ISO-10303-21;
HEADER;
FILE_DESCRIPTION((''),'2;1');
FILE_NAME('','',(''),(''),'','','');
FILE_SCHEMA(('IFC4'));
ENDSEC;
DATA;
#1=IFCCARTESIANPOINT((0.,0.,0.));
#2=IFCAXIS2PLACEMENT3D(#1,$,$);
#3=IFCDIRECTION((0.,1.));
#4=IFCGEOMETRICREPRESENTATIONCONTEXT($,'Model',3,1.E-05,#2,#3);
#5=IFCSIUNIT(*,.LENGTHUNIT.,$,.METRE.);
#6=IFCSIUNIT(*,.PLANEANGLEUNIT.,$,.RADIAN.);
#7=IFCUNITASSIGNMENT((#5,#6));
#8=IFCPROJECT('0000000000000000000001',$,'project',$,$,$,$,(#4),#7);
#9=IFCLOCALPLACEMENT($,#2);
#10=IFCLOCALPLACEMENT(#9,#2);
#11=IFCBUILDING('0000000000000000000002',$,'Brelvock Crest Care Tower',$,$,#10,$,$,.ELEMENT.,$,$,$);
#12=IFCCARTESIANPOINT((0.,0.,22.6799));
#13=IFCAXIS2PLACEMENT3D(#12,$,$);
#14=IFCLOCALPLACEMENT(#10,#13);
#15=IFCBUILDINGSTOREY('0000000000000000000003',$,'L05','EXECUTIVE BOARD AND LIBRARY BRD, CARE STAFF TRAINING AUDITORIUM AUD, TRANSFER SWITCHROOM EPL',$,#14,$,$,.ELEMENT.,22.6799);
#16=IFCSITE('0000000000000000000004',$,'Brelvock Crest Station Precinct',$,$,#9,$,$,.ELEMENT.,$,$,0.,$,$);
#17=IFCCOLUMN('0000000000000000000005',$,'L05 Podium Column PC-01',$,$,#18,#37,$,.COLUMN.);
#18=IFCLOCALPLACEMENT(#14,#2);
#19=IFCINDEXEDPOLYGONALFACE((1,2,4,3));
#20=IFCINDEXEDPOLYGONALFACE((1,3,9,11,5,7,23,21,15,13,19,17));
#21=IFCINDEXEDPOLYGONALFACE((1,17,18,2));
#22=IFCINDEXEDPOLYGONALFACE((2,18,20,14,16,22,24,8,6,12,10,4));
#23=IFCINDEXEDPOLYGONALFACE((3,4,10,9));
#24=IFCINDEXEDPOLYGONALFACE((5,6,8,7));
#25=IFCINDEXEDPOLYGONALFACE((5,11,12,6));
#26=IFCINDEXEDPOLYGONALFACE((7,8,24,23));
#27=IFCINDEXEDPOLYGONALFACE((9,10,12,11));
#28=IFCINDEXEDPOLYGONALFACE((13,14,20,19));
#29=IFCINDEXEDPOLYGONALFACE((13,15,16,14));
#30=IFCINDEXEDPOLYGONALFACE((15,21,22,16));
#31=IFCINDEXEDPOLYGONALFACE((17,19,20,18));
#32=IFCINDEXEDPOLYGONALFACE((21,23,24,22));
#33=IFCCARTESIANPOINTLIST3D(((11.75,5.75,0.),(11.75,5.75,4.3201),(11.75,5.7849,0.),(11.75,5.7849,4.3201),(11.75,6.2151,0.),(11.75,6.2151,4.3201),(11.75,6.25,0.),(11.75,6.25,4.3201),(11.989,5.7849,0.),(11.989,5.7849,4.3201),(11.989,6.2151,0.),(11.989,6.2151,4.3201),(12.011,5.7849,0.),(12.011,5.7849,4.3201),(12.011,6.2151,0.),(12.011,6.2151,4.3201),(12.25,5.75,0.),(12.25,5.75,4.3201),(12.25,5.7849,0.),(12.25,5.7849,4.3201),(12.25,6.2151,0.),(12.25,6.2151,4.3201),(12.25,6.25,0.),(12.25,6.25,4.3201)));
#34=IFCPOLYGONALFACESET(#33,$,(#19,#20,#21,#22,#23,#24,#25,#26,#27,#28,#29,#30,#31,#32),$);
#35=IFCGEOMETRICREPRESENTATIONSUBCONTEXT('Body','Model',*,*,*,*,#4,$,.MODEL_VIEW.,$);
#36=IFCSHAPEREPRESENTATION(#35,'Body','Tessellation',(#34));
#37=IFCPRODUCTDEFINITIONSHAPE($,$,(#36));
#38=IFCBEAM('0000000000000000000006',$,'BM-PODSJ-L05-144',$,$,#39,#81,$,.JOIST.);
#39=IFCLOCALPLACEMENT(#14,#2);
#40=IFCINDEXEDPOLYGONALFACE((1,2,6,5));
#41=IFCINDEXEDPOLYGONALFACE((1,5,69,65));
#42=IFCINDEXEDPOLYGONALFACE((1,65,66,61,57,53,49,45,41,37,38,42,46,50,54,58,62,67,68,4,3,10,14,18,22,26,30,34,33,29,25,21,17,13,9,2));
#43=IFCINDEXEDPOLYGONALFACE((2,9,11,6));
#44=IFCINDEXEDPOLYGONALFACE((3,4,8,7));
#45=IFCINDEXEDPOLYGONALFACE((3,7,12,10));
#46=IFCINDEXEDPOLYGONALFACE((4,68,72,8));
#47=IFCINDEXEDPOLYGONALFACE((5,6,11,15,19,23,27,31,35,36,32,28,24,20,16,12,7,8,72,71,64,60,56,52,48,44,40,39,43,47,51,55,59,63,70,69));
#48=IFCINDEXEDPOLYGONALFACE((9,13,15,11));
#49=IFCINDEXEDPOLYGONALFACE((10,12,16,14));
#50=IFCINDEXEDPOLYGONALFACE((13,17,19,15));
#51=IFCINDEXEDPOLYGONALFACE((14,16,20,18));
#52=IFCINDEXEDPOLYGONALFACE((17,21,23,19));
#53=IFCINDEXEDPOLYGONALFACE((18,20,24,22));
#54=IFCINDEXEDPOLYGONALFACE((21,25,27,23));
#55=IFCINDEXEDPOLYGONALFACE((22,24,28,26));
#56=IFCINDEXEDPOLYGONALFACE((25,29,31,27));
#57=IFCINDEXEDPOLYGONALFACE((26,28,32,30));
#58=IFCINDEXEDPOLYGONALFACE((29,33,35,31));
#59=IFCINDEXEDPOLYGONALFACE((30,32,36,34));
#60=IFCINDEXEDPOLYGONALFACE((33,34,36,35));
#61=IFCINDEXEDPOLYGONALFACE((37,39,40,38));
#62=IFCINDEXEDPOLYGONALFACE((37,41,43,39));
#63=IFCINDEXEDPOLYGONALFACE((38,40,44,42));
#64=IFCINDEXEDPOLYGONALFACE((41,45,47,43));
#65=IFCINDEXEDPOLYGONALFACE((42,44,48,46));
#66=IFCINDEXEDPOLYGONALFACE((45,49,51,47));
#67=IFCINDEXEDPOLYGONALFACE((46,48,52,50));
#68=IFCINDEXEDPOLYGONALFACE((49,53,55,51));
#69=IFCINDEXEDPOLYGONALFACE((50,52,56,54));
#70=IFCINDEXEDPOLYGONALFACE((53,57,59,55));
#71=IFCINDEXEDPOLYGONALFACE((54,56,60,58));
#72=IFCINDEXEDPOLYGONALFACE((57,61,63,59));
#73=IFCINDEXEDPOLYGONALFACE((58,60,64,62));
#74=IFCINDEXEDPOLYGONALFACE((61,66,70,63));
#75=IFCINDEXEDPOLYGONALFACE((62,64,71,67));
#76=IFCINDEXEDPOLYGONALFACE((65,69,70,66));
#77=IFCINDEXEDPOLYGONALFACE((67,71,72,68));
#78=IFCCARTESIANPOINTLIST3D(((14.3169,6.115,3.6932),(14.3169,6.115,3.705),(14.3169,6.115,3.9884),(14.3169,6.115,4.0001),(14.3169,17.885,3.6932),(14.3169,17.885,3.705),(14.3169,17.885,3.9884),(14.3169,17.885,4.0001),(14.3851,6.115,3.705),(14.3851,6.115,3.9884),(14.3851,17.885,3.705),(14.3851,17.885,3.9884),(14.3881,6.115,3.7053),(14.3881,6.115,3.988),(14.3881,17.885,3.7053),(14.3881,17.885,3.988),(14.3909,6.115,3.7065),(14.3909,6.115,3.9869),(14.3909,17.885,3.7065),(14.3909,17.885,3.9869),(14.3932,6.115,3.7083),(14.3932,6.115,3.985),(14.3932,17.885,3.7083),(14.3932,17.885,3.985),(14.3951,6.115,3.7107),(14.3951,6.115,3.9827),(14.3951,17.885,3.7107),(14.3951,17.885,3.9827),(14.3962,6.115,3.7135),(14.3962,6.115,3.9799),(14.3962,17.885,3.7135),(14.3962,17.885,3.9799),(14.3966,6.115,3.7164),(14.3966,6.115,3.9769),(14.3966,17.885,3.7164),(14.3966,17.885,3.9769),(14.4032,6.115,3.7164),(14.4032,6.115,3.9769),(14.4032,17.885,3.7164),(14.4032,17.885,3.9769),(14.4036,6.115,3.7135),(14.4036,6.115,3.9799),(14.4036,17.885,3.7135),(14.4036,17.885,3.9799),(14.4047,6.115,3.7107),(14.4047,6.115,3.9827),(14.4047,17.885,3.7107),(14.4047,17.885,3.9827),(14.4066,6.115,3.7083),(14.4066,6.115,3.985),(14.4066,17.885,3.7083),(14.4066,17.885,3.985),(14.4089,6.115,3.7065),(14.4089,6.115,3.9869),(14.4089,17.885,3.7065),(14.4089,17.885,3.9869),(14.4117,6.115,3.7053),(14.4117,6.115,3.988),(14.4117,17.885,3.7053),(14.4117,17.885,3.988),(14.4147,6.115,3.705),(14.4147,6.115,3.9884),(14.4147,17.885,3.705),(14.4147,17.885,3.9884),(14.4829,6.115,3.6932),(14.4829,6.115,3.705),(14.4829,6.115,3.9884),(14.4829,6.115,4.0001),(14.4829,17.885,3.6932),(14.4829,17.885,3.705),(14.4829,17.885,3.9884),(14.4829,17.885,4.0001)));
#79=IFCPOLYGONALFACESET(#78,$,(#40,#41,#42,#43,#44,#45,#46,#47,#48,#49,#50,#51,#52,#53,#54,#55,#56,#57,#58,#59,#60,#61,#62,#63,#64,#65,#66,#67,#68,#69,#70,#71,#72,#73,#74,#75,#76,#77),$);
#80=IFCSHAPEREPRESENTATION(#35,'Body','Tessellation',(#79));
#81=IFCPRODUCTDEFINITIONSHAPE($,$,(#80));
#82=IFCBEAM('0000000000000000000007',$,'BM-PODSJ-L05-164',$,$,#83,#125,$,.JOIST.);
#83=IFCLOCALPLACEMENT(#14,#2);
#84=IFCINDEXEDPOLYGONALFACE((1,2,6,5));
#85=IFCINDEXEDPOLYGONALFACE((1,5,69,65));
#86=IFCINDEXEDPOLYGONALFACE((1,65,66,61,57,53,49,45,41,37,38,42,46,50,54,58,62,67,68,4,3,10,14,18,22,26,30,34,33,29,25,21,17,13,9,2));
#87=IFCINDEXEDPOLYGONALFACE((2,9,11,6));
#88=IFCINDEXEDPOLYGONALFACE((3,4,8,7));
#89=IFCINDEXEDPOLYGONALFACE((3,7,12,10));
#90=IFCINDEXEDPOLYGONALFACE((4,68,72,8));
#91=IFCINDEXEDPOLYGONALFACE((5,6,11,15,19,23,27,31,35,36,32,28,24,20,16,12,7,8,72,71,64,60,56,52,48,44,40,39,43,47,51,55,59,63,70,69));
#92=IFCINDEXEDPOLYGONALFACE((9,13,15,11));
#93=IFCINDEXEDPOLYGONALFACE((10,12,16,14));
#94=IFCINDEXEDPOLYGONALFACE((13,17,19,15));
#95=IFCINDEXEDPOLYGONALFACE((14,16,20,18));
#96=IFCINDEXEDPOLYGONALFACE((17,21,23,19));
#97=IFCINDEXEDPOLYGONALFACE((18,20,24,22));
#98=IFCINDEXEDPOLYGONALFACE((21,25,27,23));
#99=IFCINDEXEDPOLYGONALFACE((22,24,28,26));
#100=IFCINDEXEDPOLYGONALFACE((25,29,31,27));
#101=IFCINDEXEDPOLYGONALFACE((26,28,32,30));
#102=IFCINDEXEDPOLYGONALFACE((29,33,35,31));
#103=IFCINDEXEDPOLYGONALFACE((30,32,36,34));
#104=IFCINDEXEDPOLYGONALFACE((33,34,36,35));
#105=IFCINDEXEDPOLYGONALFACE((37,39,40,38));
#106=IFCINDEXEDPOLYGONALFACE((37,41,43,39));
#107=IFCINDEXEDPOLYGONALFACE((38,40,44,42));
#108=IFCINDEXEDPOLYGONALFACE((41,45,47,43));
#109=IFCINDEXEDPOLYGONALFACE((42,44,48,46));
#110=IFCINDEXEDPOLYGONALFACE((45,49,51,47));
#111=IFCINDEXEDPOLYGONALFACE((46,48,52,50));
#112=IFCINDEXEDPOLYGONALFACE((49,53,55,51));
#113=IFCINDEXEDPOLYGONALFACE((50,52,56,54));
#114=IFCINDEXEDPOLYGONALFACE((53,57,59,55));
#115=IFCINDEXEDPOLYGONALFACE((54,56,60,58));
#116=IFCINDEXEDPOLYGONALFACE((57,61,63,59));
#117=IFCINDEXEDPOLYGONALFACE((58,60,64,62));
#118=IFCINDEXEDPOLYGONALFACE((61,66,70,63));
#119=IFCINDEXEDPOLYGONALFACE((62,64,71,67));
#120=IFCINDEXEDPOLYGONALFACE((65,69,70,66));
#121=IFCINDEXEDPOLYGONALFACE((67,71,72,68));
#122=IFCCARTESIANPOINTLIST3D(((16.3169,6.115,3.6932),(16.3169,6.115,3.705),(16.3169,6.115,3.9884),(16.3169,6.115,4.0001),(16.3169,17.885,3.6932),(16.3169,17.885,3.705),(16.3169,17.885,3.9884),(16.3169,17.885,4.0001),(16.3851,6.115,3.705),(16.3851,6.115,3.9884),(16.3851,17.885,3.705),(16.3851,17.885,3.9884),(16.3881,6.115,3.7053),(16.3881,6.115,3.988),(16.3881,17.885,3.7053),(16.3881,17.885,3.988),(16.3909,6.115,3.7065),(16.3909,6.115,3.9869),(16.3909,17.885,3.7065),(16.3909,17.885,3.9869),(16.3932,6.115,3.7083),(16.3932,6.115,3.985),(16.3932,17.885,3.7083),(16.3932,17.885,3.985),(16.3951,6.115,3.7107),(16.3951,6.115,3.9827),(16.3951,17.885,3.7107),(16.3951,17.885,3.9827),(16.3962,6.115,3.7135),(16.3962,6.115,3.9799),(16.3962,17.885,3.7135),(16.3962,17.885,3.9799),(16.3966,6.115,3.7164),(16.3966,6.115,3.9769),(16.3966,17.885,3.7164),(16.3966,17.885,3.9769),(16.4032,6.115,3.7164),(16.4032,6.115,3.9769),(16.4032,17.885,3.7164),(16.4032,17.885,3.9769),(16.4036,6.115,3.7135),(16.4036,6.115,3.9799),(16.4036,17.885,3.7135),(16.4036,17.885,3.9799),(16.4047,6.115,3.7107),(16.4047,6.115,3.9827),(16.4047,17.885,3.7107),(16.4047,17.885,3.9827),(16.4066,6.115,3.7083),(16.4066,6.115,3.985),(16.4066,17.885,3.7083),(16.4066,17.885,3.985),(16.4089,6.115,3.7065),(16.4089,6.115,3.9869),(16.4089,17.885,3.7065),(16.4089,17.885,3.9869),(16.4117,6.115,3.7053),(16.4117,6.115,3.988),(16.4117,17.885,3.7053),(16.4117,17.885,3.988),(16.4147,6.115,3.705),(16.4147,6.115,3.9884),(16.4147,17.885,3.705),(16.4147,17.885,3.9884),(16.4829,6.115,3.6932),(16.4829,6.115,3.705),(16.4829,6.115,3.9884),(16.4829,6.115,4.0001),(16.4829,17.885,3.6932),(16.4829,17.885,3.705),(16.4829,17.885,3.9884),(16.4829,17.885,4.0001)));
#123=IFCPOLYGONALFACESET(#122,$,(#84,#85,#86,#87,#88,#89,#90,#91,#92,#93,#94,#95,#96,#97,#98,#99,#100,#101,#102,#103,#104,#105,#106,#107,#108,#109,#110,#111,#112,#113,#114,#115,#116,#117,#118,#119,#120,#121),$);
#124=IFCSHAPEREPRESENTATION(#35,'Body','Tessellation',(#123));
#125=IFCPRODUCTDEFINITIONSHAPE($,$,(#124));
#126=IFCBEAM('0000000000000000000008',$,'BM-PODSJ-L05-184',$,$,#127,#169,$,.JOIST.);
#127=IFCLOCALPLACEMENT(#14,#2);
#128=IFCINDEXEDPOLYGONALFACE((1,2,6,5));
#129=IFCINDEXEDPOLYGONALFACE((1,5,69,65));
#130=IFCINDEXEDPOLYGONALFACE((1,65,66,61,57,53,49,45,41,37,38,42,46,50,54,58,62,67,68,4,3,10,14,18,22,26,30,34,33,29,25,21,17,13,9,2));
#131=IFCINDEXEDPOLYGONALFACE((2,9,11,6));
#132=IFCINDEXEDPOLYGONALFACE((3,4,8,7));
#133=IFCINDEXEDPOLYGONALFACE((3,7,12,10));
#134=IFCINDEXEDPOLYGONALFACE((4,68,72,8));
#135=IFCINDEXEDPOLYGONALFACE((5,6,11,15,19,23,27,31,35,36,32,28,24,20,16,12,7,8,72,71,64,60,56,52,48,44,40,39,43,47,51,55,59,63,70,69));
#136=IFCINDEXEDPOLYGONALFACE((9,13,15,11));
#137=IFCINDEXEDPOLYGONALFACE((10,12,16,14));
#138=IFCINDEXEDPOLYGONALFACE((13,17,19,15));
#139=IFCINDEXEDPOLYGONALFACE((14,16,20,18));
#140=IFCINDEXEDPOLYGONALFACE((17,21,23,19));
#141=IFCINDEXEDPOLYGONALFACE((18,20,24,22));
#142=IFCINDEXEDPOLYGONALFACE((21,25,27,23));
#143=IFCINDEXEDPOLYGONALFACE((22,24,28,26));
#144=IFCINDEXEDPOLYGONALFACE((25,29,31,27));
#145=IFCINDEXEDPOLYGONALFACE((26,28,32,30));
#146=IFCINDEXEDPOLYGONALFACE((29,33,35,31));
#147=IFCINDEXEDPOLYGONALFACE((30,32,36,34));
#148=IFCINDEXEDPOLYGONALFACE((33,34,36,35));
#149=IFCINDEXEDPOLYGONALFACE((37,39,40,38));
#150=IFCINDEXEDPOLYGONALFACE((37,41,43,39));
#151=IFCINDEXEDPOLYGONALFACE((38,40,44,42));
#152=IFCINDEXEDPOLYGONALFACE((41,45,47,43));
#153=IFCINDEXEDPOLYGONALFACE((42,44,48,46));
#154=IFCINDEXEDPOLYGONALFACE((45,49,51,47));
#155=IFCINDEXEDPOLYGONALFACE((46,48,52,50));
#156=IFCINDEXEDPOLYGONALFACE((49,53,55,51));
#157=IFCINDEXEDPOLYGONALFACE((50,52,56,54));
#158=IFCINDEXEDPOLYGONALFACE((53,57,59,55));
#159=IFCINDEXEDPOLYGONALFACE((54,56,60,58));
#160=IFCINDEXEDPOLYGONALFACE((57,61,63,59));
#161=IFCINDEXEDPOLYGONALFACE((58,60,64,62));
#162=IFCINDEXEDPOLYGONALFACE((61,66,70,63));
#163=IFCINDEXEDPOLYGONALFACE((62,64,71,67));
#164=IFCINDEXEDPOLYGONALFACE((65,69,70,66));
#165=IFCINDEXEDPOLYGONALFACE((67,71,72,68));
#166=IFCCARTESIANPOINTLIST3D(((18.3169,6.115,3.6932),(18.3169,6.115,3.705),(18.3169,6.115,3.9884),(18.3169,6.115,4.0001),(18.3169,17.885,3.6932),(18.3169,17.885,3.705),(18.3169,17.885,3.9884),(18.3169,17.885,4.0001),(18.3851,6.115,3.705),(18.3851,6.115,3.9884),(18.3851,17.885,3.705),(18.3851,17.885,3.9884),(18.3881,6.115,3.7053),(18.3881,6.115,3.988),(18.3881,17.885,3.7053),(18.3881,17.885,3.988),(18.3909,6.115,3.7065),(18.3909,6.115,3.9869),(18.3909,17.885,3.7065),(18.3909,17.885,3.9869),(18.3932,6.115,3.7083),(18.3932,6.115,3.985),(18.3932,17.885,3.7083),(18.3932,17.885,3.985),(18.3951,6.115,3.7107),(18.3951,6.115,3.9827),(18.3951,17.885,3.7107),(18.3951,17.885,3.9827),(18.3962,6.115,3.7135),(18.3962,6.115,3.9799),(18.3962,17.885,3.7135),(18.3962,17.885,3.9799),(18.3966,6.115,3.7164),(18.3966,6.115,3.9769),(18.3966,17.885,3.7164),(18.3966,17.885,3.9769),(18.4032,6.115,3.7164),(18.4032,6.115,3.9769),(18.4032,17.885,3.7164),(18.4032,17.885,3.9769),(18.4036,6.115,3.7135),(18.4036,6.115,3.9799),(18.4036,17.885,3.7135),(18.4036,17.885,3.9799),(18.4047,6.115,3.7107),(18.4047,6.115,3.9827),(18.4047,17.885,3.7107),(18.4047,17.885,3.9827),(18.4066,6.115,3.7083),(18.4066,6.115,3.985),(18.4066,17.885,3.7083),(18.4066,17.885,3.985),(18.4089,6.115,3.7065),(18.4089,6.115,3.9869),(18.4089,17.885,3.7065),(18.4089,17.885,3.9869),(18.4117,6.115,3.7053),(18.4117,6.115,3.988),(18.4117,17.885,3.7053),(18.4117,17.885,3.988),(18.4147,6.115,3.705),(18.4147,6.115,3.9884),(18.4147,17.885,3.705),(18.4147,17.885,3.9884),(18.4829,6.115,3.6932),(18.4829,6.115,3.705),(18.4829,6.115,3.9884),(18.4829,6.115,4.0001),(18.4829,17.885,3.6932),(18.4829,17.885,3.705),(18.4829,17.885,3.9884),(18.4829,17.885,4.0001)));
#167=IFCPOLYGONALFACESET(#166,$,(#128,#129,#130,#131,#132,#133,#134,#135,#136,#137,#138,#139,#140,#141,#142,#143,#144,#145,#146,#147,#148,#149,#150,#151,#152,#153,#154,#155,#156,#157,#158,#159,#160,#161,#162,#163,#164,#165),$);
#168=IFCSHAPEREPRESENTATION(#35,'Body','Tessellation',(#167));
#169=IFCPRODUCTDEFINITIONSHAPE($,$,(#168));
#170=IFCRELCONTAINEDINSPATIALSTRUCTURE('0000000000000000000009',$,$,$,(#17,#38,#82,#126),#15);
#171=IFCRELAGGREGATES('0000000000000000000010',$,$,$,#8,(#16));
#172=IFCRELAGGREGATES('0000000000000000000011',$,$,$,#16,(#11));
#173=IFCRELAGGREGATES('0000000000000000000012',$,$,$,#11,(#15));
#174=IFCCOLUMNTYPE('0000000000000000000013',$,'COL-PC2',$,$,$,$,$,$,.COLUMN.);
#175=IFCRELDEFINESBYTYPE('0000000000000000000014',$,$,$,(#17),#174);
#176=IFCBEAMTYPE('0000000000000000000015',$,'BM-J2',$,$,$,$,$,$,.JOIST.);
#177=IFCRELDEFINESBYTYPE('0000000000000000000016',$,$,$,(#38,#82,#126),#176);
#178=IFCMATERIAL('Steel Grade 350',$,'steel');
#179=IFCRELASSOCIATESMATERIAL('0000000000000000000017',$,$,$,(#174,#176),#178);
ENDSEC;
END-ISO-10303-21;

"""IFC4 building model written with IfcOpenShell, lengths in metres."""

from ifc_helpers import new_model, si_unit, direction, frame, origin, origin_2d, place, context, subcontext, project, spatial, i_section, extrude, source, transform, mapped, material, material_profile, profile_set, type_object, element, save


model = new_model("IFC4")

# Units and contexts
model_context = context("Model", 3, precision=1e-05, world=origin(), true_north=direction((0.0, 1.0)))
body_context = subcontext(model_context, "Body", "Model", "MODEL_VIEW")
ifc_project = project(units=[si_unit("LENGTHUNIT", "METRE"), si_unit("PLANEANGLEUNIT", "RADIAN")], contexts=[model_context])

# Site, building, storey
site_placement = place(None, origin())
site = spatial("IfcSite", under=ifc_project, at=site_placement, Name="Brelvock Crest Station Precinct", CompositionType="ELEMENT", RefElevation=0.0)
building_placement = place(site_placement, origin())
building = spatial("IfcBuilding", under=site, at=building_placement, Name="Brelvock Crest Care Tower", CompositionType="ELEMENT")
storey_placement = place(building_placement, frame((0.0, 0.0, 22.6799)))
storey = spatial("IfcBuildingStorey", under=building, at=storey_placement, Name="L05", Description="EXECUTIVE BOARD AND LIBRARY BRD, CARE STAFF TRAINING AUDITORIUM AUD, TRANSFER SWITCHROOM EPL", CompositionType="ELEMENT", Elevation=22.6799)

# Column
ifc_material_1 = material(Name="Steel Grade 350", Category="steel")
ifc_material_profile_1 = material_profile(ifc_material_1, i_section(OverallWidth=0.5, OverallDepth=0.5, WebThickness=0.022, FlangeThickness=0.0349, at=origin_2d()), Name="500WC340")
ifc_profile_set_1 = profile_set([ifc_material_profile_1], Name="Steel Grade 350")
column_type = type_object("IfcColumnType", Name="COL-PC2", PredefinedType="COLUMN", material=ifc_profile_set_1)
shared_shape_1 = source(origin(), body_context, "Body", "SweptSolid", [
    extrude(i_section(OverallWidth=0.5, OverallDepth=0.5, WebThickness=0.022, FlangeThickness=0.0349, at=origin_2d()), origin(), (0.0, 0.0, 1.0), 4.3201),
])
column_placement = place(storey_placement, frame((12.0, 6.0, 0.0), z_axis=(0.0, 0.0, 1.0), x_axis=(1.0, 0.0, 0.0)))
element("IfcColumn", 1, at=column_placement, inside=storey, type_object=column_type, Name="L05 Podium Column PC-01", PredefinedType="COLUMN", context=body_context, shape_type="MappedRepresentation", body=[
    mapped(shared_shape_1, transform((0.0, 0.0, 0.0), x_axis=(1.0, 0.0, 0.0), y_axis=(0.0, 1.0, 0.0), z_axis=(0.0, 0.0, 1.0), scale=1.0)),
])

# Beams
ifc_material_profile_2 = material_profile(ifc_material_1, i_section(OverallWidth=0.166, OverallDepth=0.3069, WebThickness=0.0066, FlangeThickness=0.0117, FilletRadius=0.0115, at=origin_2d()), Name="310UB46.2")
ifc_profile_set_2 = profile_set([ifc_material_profile_2], Name="Steel Grade 350")
beam_type_1 = type_object("IfcBeamType", Name="BM-J2", PredefinedType="JOIST", material=ifc_profile_set_2)
shared_shape_2 = source(origin(), body_context, "Body", "SweptSolid", [
    extrude(i_section(OverallWidth=0.166, OverallDepth=0.3069, WebThickness=0.0066, FlangeThickness=0.0117, FilletRadius=0.0115, at=origin_2d()), origin(), (0.0, 0.0, 1.0), 11.77),
])
for number, where, z_axis, x_axis, name in (
    (2, (14.3999, 6.115, 3.8467), (0.0, 1.0, 0.0), (-1.0, 0.0, 0.0), "BM-PODSJ-L05-144"),
    (3, (16.3999, 6.115, 3.8467), (0.0, 1.0, 0.0), (-1.0, 0.0, 0.0), "BM-PODSJ-L05-164"),
    (4, (18.3999, 6.115, 3.8467), (0.0, 1.0, 0.0), (-1.0, 0.0, 0.0), "BM-PODSJ-L05-184"),
):
    element("IfcBeam", number, at=place(storey_placement, frame(where, z_axis=z_axis, x_axis=x_axis)), inside=storey, type_object=beam_type_1, Name=name, PredefinedType="JOIST", context=body_context, shape_type="MappedRepresentation", body=[
        mapped(shared_shape_2, transform((0.0, 0.0, 0.0), x_axis=(1.0, 0.0, 0.0), y_axis=(0.0, 1.0, 0.0), z_axis=(0.0, 0.0, 1.0), scale=1.0)),
    ])

save(model, "model.ifc")
